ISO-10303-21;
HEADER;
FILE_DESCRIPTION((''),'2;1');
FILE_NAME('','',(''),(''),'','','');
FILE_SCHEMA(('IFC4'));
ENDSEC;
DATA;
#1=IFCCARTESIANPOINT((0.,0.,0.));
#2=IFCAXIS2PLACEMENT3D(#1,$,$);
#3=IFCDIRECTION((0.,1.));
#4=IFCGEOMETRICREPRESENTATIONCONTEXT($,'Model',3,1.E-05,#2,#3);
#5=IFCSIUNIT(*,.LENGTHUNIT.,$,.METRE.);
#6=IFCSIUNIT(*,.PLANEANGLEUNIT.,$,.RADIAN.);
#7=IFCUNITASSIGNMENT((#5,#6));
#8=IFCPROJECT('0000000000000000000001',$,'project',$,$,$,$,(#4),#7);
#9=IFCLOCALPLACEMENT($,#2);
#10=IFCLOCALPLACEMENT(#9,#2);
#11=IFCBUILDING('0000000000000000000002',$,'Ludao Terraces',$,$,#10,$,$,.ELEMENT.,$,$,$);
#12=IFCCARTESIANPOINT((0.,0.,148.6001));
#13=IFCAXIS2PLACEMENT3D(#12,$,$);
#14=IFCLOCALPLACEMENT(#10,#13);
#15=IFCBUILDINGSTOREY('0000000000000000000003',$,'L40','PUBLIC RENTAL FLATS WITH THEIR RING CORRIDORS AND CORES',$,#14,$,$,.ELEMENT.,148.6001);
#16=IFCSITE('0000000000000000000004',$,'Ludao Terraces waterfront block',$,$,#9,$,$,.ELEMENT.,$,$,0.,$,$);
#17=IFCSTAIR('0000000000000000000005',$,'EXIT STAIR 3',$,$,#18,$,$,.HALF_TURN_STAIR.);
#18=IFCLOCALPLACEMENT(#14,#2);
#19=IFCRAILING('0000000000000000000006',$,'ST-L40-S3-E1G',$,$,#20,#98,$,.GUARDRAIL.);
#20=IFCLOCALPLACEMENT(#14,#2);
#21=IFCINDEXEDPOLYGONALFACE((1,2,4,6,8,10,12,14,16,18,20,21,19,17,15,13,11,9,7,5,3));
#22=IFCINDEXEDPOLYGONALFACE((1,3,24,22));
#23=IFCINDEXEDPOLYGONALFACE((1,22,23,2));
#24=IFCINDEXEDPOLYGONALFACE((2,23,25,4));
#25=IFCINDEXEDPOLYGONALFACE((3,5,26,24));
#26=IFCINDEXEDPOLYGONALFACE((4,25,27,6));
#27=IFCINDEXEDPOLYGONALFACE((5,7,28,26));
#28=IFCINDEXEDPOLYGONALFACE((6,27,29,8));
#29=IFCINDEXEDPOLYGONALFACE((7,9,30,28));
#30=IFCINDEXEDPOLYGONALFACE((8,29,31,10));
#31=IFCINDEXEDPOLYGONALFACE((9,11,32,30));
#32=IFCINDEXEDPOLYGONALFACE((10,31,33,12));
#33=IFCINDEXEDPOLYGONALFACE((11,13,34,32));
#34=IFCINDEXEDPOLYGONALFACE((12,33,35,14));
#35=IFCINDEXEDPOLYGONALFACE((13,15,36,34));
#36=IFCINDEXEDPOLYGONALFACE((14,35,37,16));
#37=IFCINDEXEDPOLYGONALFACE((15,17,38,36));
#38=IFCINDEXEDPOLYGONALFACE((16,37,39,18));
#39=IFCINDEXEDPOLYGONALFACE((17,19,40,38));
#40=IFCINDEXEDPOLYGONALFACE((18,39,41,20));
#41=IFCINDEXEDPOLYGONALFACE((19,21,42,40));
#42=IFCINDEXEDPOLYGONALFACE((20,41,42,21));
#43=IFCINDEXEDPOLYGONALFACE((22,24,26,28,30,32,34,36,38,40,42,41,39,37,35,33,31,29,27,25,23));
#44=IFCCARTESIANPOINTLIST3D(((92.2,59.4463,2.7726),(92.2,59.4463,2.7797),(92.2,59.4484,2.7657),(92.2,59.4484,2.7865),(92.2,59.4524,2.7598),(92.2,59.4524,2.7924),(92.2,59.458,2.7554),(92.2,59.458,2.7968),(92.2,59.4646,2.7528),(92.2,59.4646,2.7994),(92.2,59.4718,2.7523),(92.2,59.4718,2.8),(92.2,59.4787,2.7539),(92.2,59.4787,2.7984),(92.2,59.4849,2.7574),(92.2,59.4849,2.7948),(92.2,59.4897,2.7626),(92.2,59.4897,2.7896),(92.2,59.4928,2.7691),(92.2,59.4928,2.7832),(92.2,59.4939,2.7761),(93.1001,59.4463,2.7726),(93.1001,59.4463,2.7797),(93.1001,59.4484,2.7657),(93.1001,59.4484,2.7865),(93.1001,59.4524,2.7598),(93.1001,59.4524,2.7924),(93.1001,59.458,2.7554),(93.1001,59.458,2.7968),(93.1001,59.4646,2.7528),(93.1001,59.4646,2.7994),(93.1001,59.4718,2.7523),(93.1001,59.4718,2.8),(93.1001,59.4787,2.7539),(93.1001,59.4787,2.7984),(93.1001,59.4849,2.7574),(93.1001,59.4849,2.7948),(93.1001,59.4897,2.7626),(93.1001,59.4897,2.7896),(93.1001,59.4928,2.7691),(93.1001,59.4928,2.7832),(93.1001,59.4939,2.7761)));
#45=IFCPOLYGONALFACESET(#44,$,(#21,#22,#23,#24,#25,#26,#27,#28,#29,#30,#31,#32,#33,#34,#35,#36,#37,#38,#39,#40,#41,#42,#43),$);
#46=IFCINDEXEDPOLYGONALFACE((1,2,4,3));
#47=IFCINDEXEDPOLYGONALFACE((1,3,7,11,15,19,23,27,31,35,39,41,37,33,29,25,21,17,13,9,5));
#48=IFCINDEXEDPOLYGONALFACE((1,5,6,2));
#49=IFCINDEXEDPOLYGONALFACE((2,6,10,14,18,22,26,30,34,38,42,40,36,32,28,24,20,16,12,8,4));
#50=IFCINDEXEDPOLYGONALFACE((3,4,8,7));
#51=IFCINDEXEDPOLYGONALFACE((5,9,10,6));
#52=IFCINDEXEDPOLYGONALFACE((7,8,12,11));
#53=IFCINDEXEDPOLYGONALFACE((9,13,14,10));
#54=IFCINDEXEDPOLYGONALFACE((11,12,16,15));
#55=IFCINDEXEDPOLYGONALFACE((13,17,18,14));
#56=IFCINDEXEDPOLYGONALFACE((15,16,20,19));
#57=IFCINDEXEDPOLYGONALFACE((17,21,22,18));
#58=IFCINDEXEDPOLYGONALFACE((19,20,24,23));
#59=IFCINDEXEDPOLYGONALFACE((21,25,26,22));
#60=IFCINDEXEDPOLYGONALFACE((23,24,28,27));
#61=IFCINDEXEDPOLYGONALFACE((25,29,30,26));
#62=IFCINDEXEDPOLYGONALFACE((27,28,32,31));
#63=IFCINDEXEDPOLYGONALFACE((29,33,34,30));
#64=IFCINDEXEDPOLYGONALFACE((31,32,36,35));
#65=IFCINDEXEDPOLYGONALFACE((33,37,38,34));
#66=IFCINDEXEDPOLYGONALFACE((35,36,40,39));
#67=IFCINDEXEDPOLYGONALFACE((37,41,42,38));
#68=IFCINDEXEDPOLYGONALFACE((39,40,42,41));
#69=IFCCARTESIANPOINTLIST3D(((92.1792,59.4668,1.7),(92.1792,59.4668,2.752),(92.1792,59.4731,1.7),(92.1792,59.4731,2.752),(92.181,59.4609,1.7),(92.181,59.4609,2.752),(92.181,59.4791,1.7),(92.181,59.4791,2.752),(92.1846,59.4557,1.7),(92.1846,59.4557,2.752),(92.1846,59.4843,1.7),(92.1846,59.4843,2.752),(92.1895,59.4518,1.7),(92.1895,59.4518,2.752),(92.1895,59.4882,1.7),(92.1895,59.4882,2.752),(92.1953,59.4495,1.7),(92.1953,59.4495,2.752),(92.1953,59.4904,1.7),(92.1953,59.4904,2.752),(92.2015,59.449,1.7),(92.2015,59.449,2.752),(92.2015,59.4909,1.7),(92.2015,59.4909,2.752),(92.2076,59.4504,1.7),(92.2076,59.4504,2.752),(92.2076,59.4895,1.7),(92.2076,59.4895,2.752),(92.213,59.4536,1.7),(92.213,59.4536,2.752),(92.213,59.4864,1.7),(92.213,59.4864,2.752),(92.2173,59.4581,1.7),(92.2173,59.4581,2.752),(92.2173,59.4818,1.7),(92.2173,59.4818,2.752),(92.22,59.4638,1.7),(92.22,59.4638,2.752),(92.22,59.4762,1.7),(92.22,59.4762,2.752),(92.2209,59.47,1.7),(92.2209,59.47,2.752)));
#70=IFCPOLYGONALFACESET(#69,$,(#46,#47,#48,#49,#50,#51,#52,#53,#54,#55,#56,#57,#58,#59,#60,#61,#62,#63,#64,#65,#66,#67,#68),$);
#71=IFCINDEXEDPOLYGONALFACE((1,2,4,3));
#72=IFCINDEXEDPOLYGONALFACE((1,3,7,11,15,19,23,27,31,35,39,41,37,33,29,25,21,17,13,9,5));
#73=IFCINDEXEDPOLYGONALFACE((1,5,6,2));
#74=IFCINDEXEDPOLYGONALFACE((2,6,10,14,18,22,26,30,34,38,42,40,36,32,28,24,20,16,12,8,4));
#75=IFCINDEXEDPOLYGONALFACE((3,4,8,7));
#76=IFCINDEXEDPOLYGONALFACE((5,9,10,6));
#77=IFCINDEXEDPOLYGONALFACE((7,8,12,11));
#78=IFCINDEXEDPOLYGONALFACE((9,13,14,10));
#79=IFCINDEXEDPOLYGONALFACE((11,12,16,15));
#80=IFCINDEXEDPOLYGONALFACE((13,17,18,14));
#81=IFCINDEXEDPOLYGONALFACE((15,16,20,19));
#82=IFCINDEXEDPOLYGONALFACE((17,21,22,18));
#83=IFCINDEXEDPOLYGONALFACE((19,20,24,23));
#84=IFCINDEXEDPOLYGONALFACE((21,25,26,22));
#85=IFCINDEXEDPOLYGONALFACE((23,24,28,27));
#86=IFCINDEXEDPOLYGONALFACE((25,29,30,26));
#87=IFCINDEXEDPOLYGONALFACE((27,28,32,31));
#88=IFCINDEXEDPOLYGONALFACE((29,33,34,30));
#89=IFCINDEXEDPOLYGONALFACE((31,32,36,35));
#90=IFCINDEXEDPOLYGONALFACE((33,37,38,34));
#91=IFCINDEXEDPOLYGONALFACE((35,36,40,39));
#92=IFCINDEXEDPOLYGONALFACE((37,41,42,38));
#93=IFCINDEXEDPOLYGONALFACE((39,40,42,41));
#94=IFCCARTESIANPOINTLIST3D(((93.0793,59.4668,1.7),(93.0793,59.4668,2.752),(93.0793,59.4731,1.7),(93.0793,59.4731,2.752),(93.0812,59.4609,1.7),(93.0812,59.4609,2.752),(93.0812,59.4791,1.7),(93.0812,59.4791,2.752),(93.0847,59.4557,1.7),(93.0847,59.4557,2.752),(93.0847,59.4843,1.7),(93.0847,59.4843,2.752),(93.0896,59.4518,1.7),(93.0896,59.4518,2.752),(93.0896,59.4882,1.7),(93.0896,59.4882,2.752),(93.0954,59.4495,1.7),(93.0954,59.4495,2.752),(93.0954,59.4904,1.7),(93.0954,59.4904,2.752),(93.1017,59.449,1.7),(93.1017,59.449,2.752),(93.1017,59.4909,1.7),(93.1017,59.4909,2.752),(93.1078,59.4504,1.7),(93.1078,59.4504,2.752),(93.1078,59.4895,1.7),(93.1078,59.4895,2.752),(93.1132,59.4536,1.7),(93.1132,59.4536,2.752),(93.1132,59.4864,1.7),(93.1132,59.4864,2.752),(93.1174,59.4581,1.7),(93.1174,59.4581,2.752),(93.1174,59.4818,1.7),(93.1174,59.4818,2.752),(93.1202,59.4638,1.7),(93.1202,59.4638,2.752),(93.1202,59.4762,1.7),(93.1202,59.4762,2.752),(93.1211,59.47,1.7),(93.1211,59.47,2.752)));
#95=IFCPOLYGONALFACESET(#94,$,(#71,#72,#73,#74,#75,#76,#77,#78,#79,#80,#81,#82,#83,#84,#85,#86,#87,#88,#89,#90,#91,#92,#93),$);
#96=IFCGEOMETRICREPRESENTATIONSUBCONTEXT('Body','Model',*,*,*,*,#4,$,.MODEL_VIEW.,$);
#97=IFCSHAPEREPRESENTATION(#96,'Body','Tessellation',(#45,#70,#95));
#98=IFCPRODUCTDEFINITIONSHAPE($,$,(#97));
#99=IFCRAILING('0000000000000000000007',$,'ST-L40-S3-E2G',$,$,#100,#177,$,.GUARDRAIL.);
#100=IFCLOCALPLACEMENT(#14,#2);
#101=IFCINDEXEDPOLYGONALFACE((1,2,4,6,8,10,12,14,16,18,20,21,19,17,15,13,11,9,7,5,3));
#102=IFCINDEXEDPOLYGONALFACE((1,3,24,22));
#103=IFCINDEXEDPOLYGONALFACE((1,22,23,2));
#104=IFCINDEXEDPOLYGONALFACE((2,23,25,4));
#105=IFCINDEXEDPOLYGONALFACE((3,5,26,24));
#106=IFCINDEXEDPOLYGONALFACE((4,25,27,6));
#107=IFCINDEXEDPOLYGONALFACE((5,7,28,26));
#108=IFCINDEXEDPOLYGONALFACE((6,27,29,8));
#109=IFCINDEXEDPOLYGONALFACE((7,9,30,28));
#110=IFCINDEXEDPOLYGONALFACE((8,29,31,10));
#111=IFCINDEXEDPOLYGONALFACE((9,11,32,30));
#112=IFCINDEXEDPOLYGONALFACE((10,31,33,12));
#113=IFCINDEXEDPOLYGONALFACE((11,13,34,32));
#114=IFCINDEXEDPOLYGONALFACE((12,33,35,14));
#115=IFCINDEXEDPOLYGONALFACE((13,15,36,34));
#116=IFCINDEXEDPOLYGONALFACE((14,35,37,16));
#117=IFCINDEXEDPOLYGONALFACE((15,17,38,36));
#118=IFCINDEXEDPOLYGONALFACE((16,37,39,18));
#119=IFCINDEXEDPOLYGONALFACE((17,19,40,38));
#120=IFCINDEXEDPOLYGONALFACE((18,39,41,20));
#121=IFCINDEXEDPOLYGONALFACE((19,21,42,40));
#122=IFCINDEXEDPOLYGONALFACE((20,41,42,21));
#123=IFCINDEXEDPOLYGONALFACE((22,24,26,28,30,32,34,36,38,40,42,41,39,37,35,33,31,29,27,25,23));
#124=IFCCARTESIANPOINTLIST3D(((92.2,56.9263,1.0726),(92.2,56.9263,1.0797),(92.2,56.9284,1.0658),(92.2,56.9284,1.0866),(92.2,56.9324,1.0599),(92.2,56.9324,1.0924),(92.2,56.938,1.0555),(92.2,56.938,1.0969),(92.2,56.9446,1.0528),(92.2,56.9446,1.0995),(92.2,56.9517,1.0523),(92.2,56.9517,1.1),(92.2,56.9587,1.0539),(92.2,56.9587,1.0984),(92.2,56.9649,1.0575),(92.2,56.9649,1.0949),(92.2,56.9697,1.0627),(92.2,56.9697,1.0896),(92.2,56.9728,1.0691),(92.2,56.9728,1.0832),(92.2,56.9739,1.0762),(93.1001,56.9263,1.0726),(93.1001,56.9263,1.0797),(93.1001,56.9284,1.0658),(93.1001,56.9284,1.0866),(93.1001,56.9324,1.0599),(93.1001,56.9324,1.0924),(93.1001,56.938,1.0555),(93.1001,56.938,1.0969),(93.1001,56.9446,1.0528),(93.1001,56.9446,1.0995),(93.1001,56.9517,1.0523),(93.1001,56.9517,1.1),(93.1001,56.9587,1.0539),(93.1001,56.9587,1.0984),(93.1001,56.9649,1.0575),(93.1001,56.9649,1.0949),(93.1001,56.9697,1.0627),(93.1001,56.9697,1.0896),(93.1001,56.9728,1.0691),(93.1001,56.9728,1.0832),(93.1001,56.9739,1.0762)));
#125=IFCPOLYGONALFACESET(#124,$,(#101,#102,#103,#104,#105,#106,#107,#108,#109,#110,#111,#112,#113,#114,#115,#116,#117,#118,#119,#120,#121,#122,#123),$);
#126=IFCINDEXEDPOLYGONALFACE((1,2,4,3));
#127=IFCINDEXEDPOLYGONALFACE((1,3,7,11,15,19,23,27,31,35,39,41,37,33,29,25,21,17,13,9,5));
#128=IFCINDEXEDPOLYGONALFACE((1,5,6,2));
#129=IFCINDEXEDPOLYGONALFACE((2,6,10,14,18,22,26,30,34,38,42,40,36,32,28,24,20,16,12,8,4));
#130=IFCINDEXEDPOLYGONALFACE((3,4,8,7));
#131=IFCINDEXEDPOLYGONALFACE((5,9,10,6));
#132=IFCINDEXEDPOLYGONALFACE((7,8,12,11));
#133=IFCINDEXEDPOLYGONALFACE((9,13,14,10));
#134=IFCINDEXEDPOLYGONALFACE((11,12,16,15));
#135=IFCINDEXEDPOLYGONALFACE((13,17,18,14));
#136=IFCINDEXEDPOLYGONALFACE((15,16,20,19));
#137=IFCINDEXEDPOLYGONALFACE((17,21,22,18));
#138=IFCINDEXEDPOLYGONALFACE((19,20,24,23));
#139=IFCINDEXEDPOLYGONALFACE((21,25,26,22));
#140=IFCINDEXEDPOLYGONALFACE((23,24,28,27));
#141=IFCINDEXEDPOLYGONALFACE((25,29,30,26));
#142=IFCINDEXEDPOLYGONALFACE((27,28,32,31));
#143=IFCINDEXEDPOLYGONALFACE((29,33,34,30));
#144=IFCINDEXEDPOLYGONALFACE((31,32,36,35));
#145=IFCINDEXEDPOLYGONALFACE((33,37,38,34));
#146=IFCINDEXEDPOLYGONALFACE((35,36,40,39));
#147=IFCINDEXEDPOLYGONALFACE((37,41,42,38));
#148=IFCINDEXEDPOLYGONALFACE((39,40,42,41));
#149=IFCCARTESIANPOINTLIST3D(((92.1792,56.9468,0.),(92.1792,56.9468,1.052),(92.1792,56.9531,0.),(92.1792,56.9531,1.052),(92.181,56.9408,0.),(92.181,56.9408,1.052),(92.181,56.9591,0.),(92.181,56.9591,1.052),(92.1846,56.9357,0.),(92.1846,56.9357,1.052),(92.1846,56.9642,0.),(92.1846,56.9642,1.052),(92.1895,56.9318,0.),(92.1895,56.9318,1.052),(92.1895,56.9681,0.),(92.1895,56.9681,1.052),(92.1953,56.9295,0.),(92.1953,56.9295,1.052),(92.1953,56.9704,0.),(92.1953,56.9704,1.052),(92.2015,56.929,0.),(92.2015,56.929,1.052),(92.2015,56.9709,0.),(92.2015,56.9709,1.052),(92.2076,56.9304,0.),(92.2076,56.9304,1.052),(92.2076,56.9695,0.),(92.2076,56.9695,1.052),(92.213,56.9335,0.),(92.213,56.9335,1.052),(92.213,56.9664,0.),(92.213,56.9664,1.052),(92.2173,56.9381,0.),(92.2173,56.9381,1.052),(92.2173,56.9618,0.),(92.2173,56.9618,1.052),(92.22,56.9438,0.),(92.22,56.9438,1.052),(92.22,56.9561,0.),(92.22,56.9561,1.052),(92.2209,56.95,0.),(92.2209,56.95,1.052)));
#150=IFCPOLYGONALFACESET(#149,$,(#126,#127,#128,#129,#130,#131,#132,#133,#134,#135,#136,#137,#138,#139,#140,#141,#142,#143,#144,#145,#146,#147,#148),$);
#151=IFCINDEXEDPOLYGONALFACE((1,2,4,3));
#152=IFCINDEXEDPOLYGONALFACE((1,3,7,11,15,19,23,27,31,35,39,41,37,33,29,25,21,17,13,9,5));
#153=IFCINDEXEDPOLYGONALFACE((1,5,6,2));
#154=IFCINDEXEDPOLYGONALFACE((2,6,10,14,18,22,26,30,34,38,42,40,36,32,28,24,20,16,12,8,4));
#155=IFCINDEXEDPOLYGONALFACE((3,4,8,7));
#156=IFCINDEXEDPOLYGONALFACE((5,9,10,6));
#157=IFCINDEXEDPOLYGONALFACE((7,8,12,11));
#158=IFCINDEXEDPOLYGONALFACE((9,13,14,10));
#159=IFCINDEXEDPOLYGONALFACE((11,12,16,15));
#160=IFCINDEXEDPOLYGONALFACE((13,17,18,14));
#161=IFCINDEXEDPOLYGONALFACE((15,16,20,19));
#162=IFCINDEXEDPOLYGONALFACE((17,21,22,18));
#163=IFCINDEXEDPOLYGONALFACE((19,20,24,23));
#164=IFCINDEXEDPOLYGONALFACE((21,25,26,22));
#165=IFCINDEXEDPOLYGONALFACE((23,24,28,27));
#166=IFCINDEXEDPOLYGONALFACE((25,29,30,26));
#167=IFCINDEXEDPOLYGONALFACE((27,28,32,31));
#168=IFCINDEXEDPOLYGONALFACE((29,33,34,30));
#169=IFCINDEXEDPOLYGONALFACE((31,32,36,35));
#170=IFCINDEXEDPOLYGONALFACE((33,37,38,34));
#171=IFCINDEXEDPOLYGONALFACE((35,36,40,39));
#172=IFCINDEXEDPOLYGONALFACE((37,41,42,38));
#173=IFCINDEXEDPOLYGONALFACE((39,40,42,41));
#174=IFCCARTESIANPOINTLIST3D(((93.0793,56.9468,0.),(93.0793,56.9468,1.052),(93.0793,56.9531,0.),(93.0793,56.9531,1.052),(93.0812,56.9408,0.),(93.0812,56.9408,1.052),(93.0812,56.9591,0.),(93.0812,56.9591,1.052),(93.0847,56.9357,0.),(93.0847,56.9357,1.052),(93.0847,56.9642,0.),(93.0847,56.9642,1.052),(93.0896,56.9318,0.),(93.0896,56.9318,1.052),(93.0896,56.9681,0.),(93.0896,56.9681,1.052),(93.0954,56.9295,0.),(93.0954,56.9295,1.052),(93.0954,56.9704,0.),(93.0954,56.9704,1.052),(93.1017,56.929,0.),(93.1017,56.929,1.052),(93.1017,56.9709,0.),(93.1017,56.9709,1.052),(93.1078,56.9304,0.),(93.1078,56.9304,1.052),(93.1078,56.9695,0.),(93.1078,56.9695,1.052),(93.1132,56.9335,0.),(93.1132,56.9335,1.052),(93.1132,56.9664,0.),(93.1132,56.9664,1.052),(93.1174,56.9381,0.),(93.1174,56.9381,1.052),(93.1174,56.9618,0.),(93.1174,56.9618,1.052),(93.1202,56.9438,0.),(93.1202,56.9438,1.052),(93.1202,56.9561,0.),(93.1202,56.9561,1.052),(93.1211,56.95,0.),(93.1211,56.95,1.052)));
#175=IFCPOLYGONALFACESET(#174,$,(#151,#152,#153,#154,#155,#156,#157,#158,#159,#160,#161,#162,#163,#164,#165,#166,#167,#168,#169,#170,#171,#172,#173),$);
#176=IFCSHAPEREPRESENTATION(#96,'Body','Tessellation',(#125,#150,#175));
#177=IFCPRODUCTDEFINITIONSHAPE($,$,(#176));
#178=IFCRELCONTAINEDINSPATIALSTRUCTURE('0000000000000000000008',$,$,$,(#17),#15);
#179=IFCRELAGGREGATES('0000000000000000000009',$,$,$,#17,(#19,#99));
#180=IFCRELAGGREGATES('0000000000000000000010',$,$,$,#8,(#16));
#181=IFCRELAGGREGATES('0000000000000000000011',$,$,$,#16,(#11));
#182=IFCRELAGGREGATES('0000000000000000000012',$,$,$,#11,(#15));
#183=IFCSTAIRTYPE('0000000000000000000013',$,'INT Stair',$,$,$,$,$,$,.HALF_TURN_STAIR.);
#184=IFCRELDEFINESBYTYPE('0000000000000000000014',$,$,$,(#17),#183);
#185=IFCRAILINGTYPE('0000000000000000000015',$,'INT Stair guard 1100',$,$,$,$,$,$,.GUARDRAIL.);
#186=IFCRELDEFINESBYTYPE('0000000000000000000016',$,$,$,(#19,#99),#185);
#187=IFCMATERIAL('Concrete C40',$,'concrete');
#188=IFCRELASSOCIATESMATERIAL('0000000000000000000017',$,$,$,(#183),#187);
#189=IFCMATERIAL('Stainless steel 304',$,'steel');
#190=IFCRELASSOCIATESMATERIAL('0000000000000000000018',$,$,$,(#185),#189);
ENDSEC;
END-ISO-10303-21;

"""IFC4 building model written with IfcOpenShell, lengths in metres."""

from ifc_helpers import new_model, si_unit, direction, frame, origin, origin_2d, place, context, subcontext, project, spatial, circle, extrude, material, type_object, element, aggregate, save


model = new_model("IFC4")

# Units and contexts
model_context = context("Model", 3, precision=1e-05, world=origin(), true_north=direction((0.0, 1.0)))
body_context = subcontext(model_context, "Body", "Model", "MODEL_VIEW")
ifc_project = project(units=[si_unit("LENGTHUNIT", "METRE"), si_unit("PLANEANGLEUNIT", "RADIAN")], contexts=[model_context])

# Site, building, storey
site_placement = place(None, origin())
site = spatial("IfcSite", under=ifc_project, at=site_placement, Name="Ludao Terraces waterfront block", CompositionType="ELEMENT", RefElevation=0.0)
building_placement = place(site_placement, origin())
building = spatial("IfcBuilding", under=site, at=building_placement, Name="Ludao Terraces", CompositionType="ELEMENT")
storey_placement = place(building_placement, frame((0.0, 0.0, 148.6001)))
storey = spatial("IfcBuildingStorey", under=building, at=storey_placement, Name="L40", Description="PUBLIC RENTAL FLATS WITH THEIR RING CORRIDORS AND CORES", CompositionType="ELEMENT", Elevation=148.6001)

# Shared definitions
ifc_material_1 = material(Name="Concrete C40", Category="concrete")

# Stair, railings
stair_type = type_object("IfcStairType", Name="INT Stair", PredefinedType="HALF_TURN_STAIR", material=ifc_material_1)
stair_placement = place(storey_placement, origin())
stair = element("IfcStair", 1, at=stair_placement, inside=storey, type_object=stair_type, Name="EXIT STAIR 3", PredefinedType="HALF_TURN_STAIR")
ifc_material_2 = material(Name="Stainless steel 304", Category="steel")
railing_type_1 = type_object("IfcRailingType", Name="INT Stair guard 1100", PredefinedType="GUARDRAIL", material=ifc_material_2)
railing_1_placement = place(storey_placement, frame((92.2, 59.47, 1.7)))
railing_1 = element("IfcRailing", 2, at=railing_1_placement, type_object=railing_type_1, Name="ST-L40-S3-E1G", PredefinedType="GUARDRAIL", context=body_context, shape_type="SweptSolid", body=[
    extrude(circle(Radius=0.0239, at=origin_2d()), frame((0.0, 0.0, 1.0762), z_axis=(1.0, 0.0, 0.0), x_axis=(0.0, 1.0, 0.0)), (0.0, 0.0, 1.0), 0.9001),
    extrude(circle(Radius=0.021, at=origin_2d()), origin(), (0.0, 0.0, 1.0), 1.052),
    extrude(circle(Radius=0.021, at=origin_2d()), frame((0.9001, 0.0, 0.0)), (0.0, 0.0, 1.0), 1.052),
])
railing_2_placement = place(storey_placement, frame((92.2, 56.95, 0.0)))
railing_2 = element("IfcRailing", 3, at=railing_2_placement, type_object=railing_type_1, Name="ST-L40-S3-E2G", PredefinedType="GUARDRAIL", context=body_context, shape_type="SweptSolid", body=[
    extrude(circle(Radius=0.0239, at=origin_2d()), frame((0.0, 0.0, 1.0762), z_axis=(1.0, 0.0, 0.0), x_axis=(0.0, 1.0, 0.0)), (0.0, 0.0, 1.0), 0.9001),
    extrude(circle(Radius=0.021, at=origin_2d()), origin(), (0.0, 0.0, 1.0), 1.052),
    extrude(circle(Radius=0.021, at=origin_2d()), frame((0.9001, 0.0, 0.0)), (0.0, 0.0, 1.0), 1.052),
])
aggregate(stair, [railing_1, railing_2])

save(model, "model.ifc")
